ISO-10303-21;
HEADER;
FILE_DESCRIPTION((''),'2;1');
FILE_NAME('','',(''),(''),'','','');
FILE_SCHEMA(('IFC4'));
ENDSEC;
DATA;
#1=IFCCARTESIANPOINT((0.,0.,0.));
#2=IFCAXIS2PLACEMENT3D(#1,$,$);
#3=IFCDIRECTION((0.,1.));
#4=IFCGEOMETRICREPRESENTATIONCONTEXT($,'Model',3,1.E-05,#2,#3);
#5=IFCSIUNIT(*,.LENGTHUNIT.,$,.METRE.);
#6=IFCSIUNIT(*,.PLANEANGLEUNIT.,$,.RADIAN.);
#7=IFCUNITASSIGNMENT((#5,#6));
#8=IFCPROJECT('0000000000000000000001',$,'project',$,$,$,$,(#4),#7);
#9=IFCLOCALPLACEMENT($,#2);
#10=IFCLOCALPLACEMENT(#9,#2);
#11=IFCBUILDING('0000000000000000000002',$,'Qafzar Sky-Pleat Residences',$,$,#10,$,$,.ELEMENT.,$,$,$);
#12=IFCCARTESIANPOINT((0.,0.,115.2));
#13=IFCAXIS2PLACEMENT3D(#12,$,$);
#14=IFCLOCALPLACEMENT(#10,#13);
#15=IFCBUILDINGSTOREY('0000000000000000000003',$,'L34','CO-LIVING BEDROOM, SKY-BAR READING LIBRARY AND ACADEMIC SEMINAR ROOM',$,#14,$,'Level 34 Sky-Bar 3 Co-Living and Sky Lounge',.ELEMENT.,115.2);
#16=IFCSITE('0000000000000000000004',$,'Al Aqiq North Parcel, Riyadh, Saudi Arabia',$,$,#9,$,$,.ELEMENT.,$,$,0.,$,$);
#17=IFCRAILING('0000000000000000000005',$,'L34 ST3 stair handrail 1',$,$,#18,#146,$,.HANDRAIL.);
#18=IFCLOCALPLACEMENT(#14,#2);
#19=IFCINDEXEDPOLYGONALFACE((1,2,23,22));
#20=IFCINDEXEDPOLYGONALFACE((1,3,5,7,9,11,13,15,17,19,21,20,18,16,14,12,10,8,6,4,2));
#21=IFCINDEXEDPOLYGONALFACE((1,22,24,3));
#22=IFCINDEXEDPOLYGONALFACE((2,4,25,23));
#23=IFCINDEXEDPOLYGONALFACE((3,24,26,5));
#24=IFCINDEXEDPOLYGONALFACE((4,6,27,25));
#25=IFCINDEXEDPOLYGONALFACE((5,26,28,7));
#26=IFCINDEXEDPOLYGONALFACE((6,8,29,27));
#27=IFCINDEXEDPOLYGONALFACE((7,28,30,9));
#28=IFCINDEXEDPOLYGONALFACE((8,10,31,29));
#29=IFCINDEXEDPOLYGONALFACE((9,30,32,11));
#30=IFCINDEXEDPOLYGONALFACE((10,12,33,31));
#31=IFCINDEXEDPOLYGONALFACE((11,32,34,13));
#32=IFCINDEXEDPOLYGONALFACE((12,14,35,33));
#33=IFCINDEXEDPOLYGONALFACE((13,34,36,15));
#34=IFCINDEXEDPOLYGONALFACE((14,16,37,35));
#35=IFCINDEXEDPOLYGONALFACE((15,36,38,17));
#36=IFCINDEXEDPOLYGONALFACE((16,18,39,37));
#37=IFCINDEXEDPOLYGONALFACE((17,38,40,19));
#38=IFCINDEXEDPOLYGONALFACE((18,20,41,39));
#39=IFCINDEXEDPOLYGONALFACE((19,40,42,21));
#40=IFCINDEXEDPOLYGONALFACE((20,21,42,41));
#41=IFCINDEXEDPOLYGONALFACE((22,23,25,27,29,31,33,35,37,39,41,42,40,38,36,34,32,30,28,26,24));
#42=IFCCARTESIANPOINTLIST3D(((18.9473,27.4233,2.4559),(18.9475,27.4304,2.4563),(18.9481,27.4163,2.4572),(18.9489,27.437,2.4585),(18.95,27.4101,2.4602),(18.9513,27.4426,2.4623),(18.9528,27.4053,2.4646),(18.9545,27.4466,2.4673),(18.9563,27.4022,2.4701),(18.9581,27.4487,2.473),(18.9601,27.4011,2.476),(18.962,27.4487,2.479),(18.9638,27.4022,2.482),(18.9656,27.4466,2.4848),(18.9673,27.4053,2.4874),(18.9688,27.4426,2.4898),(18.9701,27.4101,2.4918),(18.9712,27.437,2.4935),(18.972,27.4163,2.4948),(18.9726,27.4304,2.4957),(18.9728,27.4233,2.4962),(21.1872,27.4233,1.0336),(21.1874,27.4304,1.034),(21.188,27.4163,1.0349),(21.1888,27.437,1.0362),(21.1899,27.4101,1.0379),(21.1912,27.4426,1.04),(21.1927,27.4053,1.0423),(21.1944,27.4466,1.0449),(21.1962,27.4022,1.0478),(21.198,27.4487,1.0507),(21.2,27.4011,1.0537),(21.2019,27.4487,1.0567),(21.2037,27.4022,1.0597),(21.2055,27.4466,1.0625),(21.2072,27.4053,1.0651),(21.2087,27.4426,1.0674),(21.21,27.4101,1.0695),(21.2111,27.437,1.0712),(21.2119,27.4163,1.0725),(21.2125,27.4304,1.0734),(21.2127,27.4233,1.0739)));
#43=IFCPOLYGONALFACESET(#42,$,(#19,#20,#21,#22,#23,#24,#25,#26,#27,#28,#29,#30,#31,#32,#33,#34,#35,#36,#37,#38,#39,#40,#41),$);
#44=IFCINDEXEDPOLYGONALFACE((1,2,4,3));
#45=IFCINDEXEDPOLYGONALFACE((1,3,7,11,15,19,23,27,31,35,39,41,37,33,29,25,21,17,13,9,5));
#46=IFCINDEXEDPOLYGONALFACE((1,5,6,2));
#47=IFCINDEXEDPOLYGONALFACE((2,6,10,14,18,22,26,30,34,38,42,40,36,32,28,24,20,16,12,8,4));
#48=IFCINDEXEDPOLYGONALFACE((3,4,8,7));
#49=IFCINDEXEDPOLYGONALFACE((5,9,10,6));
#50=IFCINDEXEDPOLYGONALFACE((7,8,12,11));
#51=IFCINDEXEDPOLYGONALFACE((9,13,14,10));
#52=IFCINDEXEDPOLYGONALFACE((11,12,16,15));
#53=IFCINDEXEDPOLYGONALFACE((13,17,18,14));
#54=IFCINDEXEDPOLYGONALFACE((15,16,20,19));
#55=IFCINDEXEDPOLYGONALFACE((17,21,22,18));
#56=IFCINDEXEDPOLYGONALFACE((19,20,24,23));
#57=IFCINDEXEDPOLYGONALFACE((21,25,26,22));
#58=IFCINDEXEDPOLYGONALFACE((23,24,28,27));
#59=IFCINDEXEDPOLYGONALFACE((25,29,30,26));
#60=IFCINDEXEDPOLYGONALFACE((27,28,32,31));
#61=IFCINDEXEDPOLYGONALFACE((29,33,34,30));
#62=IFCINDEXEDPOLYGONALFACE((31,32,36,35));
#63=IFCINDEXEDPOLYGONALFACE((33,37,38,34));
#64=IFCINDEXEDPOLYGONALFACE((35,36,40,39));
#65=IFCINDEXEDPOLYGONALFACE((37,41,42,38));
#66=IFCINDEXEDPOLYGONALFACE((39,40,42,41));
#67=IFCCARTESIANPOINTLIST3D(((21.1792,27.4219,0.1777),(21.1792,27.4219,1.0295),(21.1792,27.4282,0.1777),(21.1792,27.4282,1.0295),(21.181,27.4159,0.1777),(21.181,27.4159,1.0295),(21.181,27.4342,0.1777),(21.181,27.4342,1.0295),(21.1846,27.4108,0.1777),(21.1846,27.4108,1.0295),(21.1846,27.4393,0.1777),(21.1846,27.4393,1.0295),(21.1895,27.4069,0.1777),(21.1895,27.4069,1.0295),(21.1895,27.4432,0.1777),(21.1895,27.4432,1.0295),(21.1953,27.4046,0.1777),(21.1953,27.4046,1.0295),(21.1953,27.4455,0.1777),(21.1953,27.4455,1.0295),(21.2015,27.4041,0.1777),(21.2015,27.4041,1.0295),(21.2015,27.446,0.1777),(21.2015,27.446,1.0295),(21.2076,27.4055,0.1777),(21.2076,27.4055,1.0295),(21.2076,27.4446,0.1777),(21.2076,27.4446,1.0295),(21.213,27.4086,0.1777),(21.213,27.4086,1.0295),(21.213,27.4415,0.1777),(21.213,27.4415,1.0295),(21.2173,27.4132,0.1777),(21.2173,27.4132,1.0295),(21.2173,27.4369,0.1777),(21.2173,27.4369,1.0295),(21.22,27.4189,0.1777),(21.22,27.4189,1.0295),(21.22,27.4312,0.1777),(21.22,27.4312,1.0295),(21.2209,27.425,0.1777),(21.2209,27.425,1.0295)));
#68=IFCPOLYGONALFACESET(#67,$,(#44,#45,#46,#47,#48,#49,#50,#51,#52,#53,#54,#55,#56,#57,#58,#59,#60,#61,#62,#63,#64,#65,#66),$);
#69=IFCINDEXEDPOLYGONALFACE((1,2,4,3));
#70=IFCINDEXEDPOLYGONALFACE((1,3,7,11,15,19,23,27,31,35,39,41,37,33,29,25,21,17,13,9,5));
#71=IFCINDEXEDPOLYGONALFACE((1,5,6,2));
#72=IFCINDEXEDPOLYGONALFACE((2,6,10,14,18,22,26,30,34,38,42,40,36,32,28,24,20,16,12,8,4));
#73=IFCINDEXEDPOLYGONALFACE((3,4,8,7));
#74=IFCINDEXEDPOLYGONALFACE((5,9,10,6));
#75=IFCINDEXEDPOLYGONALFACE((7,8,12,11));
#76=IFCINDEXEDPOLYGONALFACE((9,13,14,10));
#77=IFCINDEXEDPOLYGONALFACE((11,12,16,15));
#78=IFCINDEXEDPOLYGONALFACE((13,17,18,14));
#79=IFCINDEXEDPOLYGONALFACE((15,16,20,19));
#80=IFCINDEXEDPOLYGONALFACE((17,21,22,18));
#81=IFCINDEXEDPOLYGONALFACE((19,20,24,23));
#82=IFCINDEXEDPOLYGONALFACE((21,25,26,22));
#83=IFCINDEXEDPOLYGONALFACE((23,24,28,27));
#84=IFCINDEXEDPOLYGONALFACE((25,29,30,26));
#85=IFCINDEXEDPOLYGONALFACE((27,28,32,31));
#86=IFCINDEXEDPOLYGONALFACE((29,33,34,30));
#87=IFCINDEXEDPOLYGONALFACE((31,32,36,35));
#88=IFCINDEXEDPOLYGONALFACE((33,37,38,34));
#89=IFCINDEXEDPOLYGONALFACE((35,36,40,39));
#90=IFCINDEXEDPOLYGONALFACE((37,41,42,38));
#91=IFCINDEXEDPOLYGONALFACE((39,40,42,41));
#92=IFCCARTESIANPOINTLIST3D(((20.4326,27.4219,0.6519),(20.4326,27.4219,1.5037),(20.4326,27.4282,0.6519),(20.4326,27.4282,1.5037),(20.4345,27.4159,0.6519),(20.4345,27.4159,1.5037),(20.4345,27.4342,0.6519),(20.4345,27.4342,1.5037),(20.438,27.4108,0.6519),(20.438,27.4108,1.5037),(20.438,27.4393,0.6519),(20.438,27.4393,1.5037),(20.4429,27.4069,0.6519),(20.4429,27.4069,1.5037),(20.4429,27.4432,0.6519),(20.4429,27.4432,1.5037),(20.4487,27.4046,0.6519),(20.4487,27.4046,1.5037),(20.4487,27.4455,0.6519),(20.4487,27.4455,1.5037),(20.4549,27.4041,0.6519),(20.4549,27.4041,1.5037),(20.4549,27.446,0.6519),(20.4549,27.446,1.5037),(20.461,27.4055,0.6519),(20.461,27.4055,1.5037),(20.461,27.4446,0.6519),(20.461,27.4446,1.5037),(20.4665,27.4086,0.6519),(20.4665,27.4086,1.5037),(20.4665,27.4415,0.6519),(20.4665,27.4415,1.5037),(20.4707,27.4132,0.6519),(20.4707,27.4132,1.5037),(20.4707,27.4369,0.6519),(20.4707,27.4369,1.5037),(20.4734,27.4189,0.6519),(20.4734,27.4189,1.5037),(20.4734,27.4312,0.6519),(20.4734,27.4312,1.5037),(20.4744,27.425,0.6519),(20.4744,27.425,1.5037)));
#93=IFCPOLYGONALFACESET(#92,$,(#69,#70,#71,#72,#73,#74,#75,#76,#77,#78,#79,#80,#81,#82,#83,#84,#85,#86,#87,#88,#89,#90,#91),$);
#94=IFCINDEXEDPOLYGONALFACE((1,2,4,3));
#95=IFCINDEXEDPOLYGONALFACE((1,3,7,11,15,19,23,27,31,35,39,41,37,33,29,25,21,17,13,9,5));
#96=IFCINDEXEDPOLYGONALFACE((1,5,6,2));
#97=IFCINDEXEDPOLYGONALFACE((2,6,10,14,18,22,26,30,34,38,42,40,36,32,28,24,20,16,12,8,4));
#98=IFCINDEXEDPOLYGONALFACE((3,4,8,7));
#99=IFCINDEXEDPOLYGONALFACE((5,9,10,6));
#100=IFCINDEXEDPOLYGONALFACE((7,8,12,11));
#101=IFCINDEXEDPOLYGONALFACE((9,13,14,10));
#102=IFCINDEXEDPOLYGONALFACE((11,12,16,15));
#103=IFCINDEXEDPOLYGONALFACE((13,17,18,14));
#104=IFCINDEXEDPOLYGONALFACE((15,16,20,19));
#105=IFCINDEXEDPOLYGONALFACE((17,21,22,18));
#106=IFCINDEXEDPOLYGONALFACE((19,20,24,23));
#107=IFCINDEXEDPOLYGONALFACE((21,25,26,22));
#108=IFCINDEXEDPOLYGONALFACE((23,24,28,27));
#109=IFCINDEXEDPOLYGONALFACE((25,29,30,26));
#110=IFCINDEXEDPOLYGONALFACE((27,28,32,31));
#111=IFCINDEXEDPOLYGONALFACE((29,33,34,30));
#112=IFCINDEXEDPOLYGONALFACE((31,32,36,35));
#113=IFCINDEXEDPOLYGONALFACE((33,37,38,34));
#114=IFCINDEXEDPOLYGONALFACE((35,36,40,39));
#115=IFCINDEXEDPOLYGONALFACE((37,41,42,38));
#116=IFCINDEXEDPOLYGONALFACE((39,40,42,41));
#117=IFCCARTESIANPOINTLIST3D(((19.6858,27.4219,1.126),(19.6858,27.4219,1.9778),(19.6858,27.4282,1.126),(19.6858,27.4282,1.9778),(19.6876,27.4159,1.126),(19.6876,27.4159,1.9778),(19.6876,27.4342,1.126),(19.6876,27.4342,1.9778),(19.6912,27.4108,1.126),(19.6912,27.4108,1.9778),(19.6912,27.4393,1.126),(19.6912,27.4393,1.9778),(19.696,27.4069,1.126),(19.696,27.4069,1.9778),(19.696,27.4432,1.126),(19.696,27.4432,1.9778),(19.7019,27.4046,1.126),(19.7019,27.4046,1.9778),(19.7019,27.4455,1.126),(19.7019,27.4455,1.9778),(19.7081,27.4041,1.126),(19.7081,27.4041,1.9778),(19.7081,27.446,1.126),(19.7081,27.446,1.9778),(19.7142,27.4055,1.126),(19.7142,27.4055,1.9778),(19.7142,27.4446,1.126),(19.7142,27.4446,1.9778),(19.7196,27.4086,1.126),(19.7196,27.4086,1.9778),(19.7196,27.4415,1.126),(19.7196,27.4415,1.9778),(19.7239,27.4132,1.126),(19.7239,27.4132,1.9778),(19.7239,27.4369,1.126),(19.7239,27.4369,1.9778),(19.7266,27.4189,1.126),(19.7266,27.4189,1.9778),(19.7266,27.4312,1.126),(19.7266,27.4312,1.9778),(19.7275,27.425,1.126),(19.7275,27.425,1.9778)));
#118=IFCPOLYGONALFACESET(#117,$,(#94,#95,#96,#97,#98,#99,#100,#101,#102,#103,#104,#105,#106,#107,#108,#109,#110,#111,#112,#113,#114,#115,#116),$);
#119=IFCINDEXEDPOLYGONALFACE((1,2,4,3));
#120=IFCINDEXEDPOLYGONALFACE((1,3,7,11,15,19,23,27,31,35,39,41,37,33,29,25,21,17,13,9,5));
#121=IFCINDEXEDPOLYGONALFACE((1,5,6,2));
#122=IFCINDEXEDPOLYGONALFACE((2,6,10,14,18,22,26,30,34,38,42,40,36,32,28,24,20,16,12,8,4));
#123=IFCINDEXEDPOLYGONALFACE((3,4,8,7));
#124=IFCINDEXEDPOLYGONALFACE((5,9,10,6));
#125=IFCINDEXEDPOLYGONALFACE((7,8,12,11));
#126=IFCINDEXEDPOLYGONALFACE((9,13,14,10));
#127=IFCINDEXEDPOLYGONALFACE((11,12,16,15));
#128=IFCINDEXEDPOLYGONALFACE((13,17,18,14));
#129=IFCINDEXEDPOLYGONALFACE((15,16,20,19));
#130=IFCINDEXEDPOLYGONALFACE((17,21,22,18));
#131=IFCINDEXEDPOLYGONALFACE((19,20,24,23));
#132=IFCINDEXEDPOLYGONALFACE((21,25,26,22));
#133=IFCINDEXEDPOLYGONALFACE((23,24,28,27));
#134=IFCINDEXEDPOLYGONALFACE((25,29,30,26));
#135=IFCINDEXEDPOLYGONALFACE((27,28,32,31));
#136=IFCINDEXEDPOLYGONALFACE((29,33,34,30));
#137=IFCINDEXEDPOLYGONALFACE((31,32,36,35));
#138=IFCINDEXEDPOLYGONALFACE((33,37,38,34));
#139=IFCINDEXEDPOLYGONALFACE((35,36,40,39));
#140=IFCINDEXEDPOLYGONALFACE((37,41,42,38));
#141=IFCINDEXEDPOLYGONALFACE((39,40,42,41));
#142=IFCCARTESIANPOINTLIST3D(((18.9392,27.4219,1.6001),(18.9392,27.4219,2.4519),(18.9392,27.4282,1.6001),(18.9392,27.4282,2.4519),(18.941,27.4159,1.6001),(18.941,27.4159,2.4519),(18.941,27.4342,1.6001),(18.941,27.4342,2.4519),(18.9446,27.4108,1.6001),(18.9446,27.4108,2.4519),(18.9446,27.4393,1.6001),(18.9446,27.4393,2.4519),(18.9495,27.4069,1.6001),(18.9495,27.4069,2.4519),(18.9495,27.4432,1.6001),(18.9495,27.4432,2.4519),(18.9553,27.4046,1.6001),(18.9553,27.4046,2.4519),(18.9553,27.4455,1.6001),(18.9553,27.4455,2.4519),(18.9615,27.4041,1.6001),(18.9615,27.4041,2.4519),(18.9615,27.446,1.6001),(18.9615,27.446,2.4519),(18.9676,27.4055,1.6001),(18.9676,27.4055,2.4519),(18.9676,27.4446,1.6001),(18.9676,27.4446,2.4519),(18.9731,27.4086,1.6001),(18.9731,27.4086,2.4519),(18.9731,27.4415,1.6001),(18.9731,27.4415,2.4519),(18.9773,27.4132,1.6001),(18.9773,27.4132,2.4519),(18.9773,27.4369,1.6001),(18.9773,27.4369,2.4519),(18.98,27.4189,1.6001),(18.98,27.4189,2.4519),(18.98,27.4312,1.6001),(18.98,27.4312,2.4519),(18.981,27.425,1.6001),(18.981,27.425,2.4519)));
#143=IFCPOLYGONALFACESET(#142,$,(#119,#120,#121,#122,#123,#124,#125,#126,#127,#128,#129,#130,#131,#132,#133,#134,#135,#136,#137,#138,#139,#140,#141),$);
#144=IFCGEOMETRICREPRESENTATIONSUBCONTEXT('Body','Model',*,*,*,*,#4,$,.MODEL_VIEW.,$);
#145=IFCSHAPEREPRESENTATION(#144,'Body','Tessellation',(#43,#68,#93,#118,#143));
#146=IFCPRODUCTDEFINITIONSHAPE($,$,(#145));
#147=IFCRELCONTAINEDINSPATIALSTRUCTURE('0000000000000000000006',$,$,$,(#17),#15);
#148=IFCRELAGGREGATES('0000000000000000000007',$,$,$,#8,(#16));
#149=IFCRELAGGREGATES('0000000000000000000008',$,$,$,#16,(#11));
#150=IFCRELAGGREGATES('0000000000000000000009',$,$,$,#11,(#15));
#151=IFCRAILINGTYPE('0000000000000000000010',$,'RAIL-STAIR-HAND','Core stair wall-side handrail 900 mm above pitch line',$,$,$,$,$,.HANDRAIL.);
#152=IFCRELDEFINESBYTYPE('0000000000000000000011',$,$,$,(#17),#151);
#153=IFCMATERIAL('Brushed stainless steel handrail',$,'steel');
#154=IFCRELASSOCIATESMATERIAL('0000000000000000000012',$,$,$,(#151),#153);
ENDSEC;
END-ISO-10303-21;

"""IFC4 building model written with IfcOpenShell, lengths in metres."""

from ifc_helpers import new_model, si_unit, direction, frame, origin, origin_2d, place, context, subcontext, project, spatial, circle, extrude, source, transform, mapped, material, type_object, element, save


model = new_model("IFC4")

# Units and contexts
model_context = context("Model", 3, precision=1e-05, world=origin(), true_north=direction((0.0, 1.0)))
body_context = subcontext(model_context, "Body", "Model", "MODEL_VIEW")
ifc_project = project(units=[si_unit("LENGTHUNIT", "METRE"), si_unit("PLANEANGLEUNIT", "RADIAN")], contexts=[model_context])

# Site, building, storey
site_placement = place(None, origin())
site = spatial("IfcSite", under=ifc_project, at=site_placement, Name="Al Aqiq North Parcel, Riyadh, Saudi Arabia", CompositionType="ELEMENT", RefElevation=0.0)
building_placement = place(site_placement, origin())
building = spatial("IfcBuilding", under=site, at=building_placement, Name="Qafzar Sky-Pleat Residences", CompositionType="ELEMENT")
storey_placement = place(building_placement, frame((0.0, 0.0, 115.2)))
storey = spatial("IfcBuildingStorey", under=building, at=storey_placement, Name="L34", Description="CO-LIVING BEDROOM, SKY-BAR READING LIBRARY AND ACADEMIC SEMINAR ROOM", LongName="Level 34 Sky-Bar 3 Co-Living and Sky Lounge", CompositionType="ELEMENT", Elevation=115.2)

# Railing
ifc_material_1 = material(Name="Brushed stainless steel handrail", Category="steel")
railing_type_1 = type_object("IfcRailingType", Name="RAIL-STAIR-HAND", Description="Core stair wall-side handrail 900 mm above pitch line", PredefinedType="HANDRAIL", material=ifc_material_1)
shared_shape_1 = source(origin(), body_context, "Body", "SweptSolid", [
    extrude(circle(Radius=0.0239, at=origin_2d()), frame((0.0, 0.0, 0.876), z_axis=(-0.844188, 0.0, 0.536048), x_axis=(0.0, -1.0, 0.0)), (0.0, 0.0, 1.0), 2.6533),
    extrude(circle(Radius=0.021, at=origin_2d()), origin(), (0.0, 0.0, 1.0), 0.8518),
    extrude(circle(Radius=0.021, at=origin_2d()), frame((-0.7466, 0.0, 0.4741)), (0.0, 0.0, 1.0), 0.8518),
    extrude(circle(Radius=0.021, at=origin_2d()), frame((-1.4934, 0.0, 0.9482)), (0.0, 0.0, 1.0), 0.8518),
    extrude(circle(Radius=0.021, at=origin_2d()), frame((-2.24, 0.0, 1.4224)), (0.0, 0.0, 1.0), 0.8518),
])
railing_1_placement = place(storey_placement, frame((21.2, 27.425, 0.1777)))
element("IfcRailing", 1, at=railing_1_placement, inside=storey, type_object=railing_type_1, Name="L34 ST3 stair handrail 1", PredefinedType="HANDRAIL", context=body_context, shape_type="MappedRepresentation", body=[
    mapped(shared_shape_1, transform((0.0, 0.0, 0.0), x_axis=(1.0, 0.0, 0.0), y_axis=(0.0, 1.0, 0.0), z_axis=(0.0, 0.0, 1.0), scale=1.0)),
])

save(model, "model.ifc")
